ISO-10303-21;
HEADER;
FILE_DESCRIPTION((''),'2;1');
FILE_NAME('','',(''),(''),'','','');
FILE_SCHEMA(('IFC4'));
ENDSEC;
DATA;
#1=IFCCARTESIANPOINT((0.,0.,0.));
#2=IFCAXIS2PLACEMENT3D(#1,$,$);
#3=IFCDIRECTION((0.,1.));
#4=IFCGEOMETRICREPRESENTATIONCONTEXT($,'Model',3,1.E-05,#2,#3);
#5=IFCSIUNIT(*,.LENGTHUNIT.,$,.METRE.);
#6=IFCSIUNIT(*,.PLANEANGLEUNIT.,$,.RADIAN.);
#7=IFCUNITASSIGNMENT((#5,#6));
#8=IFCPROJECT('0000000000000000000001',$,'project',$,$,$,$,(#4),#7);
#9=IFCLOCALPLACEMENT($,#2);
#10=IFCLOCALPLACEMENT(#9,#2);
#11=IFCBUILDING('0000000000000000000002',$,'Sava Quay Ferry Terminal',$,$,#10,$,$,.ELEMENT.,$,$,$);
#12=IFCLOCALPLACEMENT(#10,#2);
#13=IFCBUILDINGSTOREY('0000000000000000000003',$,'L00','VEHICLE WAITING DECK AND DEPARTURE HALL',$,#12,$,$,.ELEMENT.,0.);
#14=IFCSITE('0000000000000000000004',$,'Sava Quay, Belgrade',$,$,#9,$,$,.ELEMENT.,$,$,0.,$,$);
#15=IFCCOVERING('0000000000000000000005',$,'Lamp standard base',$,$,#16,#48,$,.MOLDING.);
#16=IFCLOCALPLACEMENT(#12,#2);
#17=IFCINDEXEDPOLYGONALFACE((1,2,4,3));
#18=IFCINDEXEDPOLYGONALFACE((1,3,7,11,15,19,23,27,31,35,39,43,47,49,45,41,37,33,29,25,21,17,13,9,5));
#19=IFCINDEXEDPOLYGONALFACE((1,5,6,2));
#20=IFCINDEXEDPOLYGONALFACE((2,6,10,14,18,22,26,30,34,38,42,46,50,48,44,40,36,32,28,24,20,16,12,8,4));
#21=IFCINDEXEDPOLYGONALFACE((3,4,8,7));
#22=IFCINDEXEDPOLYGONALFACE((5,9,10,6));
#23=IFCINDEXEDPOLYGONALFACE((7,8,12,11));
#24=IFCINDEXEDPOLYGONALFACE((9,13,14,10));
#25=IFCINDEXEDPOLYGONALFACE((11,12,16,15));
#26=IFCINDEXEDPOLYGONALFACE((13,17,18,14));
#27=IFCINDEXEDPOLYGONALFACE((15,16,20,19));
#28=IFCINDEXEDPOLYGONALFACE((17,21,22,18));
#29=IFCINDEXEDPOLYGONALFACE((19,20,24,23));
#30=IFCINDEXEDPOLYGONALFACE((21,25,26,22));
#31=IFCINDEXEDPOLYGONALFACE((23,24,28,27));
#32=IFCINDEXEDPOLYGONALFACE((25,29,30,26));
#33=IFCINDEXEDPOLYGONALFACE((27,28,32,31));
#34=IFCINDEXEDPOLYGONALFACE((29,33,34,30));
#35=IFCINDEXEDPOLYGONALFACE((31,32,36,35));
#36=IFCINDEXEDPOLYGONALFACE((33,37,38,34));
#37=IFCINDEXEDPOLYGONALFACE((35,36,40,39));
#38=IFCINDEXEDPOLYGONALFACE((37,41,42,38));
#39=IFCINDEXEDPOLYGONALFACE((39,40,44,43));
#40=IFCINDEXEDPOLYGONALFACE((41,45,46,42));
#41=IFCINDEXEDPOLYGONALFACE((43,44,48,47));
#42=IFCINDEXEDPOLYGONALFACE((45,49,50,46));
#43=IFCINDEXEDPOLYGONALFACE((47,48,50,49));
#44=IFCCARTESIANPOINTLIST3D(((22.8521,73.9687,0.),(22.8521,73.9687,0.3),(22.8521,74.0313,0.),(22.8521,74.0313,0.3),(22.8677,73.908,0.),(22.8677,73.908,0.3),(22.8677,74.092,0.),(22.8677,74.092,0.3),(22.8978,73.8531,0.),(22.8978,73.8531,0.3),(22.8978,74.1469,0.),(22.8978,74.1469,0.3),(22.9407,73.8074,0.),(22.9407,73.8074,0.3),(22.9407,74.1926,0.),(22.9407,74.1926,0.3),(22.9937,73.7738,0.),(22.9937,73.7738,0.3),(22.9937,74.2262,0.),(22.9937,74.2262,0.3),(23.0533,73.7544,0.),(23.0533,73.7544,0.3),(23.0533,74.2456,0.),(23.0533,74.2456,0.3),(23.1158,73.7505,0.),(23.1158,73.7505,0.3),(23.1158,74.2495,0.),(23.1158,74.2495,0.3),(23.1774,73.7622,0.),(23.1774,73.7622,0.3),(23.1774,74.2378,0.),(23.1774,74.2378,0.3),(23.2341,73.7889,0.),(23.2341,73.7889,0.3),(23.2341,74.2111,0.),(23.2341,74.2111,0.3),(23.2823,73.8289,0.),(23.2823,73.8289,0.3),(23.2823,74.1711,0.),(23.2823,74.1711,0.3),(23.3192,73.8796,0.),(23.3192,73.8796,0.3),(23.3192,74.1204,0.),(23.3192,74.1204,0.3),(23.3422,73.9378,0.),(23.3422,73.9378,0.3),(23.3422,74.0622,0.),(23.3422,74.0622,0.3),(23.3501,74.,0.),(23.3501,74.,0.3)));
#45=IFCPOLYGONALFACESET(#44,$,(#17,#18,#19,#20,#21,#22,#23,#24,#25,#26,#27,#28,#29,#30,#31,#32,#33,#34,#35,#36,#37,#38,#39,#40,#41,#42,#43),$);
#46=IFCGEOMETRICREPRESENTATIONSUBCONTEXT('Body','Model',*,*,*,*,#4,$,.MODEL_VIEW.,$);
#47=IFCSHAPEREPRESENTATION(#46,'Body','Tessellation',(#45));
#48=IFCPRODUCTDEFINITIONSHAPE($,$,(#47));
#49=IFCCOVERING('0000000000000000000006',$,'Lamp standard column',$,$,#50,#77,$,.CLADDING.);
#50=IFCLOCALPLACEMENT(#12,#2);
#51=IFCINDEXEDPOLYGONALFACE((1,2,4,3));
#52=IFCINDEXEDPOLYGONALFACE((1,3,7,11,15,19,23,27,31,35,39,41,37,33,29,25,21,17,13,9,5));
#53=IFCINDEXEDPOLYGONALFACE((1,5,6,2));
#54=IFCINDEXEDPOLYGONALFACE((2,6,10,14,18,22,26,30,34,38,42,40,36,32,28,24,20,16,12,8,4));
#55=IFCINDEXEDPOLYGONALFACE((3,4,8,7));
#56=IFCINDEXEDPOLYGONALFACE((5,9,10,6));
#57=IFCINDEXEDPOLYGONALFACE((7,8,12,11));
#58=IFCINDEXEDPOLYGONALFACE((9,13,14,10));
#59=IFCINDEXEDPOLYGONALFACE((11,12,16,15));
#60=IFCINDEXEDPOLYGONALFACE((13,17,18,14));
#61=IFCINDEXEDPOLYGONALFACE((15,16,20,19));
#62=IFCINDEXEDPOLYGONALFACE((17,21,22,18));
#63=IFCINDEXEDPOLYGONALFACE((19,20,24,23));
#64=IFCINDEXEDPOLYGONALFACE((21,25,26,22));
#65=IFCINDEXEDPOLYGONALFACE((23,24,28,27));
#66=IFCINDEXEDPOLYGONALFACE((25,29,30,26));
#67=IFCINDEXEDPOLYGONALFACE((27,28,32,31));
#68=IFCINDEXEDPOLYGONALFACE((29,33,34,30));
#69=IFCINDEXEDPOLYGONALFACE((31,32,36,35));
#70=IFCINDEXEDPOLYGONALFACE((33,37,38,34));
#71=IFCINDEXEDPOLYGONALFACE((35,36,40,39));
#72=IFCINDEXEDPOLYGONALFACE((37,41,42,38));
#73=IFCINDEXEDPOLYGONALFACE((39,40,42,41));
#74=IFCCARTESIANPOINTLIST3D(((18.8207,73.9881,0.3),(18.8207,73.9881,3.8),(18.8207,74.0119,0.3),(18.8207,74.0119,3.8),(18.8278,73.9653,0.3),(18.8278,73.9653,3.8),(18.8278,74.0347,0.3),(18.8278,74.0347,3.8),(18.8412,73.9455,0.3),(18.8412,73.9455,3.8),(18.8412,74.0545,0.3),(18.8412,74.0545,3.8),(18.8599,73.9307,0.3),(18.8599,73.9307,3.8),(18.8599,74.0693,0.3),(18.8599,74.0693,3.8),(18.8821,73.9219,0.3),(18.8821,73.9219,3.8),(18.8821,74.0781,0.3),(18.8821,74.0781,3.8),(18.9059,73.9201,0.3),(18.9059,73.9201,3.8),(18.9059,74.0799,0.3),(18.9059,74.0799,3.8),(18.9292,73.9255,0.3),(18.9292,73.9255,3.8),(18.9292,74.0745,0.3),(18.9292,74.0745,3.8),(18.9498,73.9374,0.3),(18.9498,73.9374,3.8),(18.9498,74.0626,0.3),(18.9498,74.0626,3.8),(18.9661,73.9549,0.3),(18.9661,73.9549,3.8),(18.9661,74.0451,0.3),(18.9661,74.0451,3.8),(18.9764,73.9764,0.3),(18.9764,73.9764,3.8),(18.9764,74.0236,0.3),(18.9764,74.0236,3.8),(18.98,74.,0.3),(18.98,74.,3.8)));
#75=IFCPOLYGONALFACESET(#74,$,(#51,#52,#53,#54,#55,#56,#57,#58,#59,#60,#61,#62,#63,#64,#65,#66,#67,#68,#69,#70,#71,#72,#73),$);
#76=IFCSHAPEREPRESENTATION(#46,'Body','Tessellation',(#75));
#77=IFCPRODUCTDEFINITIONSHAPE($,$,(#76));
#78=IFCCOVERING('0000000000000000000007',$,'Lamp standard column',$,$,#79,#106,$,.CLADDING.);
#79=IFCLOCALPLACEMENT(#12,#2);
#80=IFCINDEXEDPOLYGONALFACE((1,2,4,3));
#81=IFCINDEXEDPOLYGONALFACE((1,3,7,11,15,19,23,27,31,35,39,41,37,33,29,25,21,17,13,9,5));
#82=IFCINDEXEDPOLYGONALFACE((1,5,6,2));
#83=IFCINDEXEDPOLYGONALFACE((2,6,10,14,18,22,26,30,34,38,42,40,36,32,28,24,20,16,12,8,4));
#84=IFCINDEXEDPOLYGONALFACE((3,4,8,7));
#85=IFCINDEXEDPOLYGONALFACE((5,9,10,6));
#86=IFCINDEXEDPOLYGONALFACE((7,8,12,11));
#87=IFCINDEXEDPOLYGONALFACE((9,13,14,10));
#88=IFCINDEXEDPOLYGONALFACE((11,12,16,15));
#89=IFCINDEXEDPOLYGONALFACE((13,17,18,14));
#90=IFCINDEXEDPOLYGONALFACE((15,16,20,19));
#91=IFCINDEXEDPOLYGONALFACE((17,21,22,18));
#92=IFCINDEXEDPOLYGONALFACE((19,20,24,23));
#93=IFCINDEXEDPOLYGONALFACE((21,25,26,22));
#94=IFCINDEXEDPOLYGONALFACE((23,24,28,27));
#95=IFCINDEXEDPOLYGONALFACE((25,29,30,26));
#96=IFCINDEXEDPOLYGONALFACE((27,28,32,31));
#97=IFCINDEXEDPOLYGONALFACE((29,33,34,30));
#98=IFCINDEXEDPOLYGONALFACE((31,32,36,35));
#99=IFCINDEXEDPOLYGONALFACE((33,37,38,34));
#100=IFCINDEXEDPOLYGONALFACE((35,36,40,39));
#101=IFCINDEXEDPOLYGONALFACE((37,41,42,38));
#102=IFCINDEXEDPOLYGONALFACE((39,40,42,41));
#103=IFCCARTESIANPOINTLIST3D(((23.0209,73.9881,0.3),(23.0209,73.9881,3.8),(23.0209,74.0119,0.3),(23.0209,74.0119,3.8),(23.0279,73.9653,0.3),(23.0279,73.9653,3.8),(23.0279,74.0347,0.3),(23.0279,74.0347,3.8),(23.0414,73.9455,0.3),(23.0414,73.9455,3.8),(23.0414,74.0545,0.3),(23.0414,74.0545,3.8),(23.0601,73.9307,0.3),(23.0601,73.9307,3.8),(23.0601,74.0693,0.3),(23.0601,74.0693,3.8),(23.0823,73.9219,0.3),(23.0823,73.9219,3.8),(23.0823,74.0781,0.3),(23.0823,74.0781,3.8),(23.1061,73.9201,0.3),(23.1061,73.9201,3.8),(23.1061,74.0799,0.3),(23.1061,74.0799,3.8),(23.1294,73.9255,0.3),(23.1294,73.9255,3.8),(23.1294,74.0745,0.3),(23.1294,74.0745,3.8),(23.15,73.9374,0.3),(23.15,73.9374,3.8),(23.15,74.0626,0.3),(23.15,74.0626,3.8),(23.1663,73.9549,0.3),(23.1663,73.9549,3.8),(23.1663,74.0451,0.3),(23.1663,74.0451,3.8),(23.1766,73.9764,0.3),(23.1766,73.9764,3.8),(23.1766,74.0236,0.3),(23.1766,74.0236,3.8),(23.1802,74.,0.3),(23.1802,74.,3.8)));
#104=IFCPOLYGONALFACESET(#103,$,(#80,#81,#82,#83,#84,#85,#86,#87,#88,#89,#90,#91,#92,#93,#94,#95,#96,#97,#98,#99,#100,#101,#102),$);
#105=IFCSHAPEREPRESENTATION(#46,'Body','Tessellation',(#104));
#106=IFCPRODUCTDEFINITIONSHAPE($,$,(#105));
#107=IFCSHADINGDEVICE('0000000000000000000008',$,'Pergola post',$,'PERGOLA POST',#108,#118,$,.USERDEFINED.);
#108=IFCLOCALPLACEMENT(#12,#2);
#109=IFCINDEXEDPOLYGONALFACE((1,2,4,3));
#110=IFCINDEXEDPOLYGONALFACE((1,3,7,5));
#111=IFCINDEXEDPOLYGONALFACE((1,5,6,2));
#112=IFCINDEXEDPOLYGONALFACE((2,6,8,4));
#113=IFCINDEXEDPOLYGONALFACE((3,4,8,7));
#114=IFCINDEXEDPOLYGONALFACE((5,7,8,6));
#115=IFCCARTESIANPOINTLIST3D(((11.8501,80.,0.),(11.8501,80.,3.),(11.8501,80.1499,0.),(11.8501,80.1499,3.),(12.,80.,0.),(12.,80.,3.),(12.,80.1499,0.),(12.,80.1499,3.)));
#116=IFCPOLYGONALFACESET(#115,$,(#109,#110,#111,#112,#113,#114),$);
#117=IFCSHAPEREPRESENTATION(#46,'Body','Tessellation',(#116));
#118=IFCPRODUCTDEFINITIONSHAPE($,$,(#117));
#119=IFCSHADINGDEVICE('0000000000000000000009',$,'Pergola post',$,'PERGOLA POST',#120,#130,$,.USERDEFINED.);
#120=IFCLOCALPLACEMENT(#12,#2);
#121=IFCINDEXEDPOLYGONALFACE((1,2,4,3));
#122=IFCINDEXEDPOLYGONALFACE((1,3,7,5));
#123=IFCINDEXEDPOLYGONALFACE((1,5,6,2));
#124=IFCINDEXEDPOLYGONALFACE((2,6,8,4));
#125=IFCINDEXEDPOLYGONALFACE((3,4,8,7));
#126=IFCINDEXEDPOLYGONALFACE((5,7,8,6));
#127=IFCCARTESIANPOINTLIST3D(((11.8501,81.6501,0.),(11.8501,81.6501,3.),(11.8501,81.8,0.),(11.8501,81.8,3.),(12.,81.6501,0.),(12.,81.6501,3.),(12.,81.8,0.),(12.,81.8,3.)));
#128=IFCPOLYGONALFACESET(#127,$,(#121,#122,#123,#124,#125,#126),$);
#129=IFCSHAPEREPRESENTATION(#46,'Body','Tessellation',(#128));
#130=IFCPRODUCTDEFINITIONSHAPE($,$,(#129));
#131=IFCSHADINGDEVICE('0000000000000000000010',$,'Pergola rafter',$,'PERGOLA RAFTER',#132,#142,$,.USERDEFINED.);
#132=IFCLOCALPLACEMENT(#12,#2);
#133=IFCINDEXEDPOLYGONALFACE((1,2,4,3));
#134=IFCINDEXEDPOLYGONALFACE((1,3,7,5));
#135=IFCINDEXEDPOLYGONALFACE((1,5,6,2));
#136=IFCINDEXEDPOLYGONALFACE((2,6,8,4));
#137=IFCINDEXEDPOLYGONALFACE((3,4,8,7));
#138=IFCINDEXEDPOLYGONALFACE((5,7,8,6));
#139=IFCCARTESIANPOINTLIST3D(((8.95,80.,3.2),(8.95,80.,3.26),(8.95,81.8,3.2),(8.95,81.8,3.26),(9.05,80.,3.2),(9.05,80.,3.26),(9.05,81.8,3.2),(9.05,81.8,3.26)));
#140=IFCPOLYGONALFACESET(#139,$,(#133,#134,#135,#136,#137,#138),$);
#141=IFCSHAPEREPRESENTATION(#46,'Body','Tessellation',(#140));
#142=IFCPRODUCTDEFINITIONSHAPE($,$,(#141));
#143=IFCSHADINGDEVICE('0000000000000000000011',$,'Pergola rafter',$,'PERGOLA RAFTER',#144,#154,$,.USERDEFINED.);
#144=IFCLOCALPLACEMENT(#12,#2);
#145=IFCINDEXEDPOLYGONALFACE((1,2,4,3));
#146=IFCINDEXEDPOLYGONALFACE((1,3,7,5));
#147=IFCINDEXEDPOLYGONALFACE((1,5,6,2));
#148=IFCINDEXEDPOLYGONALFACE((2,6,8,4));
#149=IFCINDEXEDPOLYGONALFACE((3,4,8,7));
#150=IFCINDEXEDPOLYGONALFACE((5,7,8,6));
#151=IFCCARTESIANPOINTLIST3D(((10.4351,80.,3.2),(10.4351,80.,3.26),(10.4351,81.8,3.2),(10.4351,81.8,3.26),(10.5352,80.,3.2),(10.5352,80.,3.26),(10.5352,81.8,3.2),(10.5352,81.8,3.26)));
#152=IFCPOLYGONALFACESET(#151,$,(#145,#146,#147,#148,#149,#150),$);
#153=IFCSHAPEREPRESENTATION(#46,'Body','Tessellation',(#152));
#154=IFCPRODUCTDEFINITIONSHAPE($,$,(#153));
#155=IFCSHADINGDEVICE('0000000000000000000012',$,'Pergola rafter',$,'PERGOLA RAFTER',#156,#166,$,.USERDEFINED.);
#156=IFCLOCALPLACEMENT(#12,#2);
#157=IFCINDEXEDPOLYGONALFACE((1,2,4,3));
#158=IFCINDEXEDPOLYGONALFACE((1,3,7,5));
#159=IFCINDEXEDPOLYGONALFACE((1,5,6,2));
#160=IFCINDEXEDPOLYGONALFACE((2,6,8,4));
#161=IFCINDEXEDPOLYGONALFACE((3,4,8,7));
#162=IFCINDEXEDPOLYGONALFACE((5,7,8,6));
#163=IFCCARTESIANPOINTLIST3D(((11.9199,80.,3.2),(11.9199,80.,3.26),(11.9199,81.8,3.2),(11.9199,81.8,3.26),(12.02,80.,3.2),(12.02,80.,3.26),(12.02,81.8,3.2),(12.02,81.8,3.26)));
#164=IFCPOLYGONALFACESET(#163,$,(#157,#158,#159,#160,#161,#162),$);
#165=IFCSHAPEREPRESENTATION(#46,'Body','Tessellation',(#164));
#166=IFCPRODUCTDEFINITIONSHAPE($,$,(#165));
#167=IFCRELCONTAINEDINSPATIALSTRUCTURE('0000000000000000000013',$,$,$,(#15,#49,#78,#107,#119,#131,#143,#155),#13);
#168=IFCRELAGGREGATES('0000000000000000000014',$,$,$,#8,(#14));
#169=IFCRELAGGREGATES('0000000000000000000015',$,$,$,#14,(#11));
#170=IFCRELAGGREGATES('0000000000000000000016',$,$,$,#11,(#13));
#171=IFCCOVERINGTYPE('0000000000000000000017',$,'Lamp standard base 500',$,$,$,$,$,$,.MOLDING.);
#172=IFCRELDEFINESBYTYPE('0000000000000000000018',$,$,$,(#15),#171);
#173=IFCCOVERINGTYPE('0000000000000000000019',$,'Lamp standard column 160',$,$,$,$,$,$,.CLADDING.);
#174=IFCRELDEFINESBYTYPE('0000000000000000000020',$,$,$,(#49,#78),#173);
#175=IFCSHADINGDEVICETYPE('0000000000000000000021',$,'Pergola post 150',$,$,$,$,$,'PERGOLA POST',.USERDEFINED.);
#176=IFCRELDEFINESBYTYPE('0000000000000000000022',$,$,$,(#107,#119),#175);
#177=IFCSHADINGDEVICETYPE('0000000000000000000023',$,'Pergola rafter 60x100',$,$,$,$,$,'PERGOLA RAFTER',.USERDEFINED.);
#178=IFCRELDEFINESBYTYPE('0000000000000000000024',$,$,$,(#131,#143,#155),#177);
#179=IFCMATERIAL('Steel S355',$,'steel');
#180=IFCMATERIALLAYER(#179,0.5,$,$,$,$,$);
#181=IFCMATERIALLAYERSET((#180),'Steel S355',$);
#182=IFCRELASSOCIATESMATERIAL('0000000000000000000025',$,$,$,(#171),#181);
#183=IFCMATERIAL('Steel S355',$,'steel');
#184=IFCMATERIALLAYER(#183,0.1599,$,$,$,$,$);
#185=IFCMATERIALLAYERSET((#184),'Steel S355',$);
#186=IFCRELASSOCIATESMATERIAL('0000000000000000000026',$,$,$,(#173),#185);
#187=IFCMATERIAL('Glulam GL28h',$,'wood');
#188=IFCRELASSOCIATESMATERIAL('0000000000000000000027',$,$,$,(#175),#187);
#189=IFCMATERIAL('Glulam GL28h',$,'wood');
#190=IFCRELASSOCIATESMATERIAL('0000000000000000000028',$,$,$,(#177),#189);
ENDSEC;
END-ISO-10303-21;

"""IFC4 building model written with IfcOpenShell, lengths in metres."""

from ifc_helpers import new_model, si_unit, direction, frame, origin, origin_2d, place, context, subcontext, project, spatial, rectangle, circle, extrude, material, layer, layer_set, material_profile, profile_set, type_object, element, save


model = new_model("IFC4")

# Units and contexts
model_context = context("Model", 3, precision=1e-05, world=origin(), true_north=direction((0.0, 1.0)))
body_context = subcontext(model_context, "Body", "Model", "MODEL_VIEW")
ifc_project = project(units=[si_unit("LENGTHUNIT", "METRE"), si_unit("PLANEANGLEUNIT", "RADIAN")], contexts=[model_context])

# Site, building, storey
site_placement = place(None, origin())
site = spatial("IfcSite", under=ifc_project, at=site_placement, Name="Sava Quay, Belgrade", CompositionType="ELEMENT", RefElevation=0.0)
building_placement = place(site_placement, origin())
building = spatial("IfcBuilding", under=site, at=building_placement, Name="Sava Quay Ferry Terminal", CompositionType="ELEMENT")
storey_placement = place(building_placement, origin())
storey = spatial("IfcBuildingStorey", under=building, at=storey_placement, Name="L00", Description="VEHICLE WAITING DECK AND DEPARTURE HALL", CompositionType="ELEMENT", Elevation=0.0)

# Coverings
ifc_material_1 = material(Name="Steel S355", Category="steel")
ifc_layer_1 = layer(ifc_material_1, 0.5)
ifc_layer_set_1 = layer_set([ifc_layer_1], Name="Steel S355")
covering_type_1 = type_object("IfcCoveringType", Name="Lamp standard base 500", PredefinedType="MOLDING", material=ifc_layer_set_1)
for number, where, z_axis, x_axis, name in (
    (1, (23.1001, 74.0, 0.3), (0.0, 0.0, -1.0), (1.0, 0.0, 0.0), "Lamp standard base"),
):
    element("IfcCovering", number, at=place(storey_placement, frame(where, z_axis=z_axis, x_axis=x_axis)), inside=storey, type_object=covering_type_1, Name=name, PredefinedType="MOLDING", context=body_context, shape_type="SweptSolid", body=[
        extrude(circle(Radius=0.25, at=origin_2d()), origin(), (0.0, 0.0, 1.0), 0.3),
    ])
ifc_material_2 = material(Name="Steel S355", Category="steel")
ifc_layer_2 = layer(ifc_material_2, 0.1599)
ifc_layer_set_2 = layer_set([ifc_layer_2], Name="Steel S355")
covering_type_2 = type_object("IfcCoveringType", Name="Lamp standard column 160", PredefinedType="CLADDING", material=ifc_layer_set_2)
for number, where, z_axis, x_axis, name in (
    (2, (18.8999, 74.0, 3.8), (0.0, 0.0, -1.0), (1.0, 0.0, 0.0), "Lamp standard column"),
    (3, (23.1001, 74.0, 3.8), (0.0, 0.0, -1.0), (1.0, 0.0, 0.0), "Lamp standard column"),
):
    element("IfcCovering", number, at=place(storey_placement, frame(where, z_axis=z_axis, x_axis=x_axis)), inside=storey, type_object=covering_type_2, Name=name, PredefinedType="CLADDING", context=body_context, shape_type="SweptSolid", body=[
        extrude(circle(Radius=0.0801, at=origin_2d()), origin(), (0.0, 0.0, 1.0), 3.5),
    ])

# Shading devices
ifc_material_3 = material(Name="Glulam GL28h", Category="wood")
ifc_material_profile_1 = material_profile(ifc_material_3, rectangle(XDim=0.1499, YDim=0.1499, at=origin_2d()), Name="Pergola 150 x 150")
ifc_profile_set_1 = profile_set([ifc_material_profile_1], Name="Glulam GL28h")
shading_device_type_1 = type_object("IfcShadingDeviceType", Name="Pergola post 150", ElementType="PERGOLA POST", PredefinedType="USERDEFINED", material=ifc_profile_set_1)
for number, where, z_axis, x_axis, name in (
    (4, (11.925, 80.075, 0.0), (0.0, 0.0, 1.0), (1.0, 0.0, 0.0), "Pergola post"),
    (5, (11.925, 81.7251, 0.0), (0.0, 0.0, 1.0), (1.0, 0.0, 0.0), "Pergola post"),
):
    element("IfcShadingDevice", number, at=place(storey_placement, frame(where, z_axis=z_axis, x_axis=x_axis)), inside=storey, type_object=shading_device_type_1, Name=name, ObjectType="PERGOLA POST", PredefinedType="USERDEFINED", context=body_context, shape_type="SweptSolid", body=[
        extrude(rectangle(XDim=0.1499, YDim=0.1499, at=origin_2d()), origin(), (0.0, 0.0, 1.0), 3.0),
    ])
ifc_material_4 = material(Name="Glulam GL28h", Category="wood")
ifc_material_profile_2 = material_profile(ifc_material_4, rectangle(XDim=0.0601, YDim=0.1001, at=origin_2d()), Name="Pergola 60 x 100")
ifc_profile_set_2 = profile_set([ifc_material_profile_2], Name="Glulam GL28h")
shading_device_type_2 = type_object("IfcShadingDeviceType", Name="Pergola rafter 60x100", ElementType="PERGOLA RAFTER", PredefinedType="USERDEFINED", material=ifc_profile_set_2)
for number, where, z_axis, x_axis, name in (
    (6, (9.0, 80.0, 3.23), (0.0, 1.0, 0.0), (0.0, 0.0, 1.0), "Pergola rafter"),
    (7, (10.4851, 80.0, 3.23), (0.0, 1.0, 0.0), (0.0, 0.0, 1.0), "Pergola rafter"),
    (8, (11.97, 80.0, 3.23), (0.0, 1.0, 0.0), (0.0, 0.0, 1.0), "Pergola rafter"),
):
    element("IfcShadingDevice", number, at=place(storey_placement, frame(where, z_axis=z_axis, x_axis=x_axis)), inside=storey, type_object=shading_device_type_2, Name=name, ObjectType="PERGOLA RAFTER", PredefinedType="USERDEFINED", context=body_context, shape_type="SweptSolid", body=[
        extrude(rectangle(XDim=0.0601, YDim=0.1001, at=origin_2d()), origin(), (0.0, 0.0, 1.0), 1.8),
    ])

save(model, "model.ifc")
